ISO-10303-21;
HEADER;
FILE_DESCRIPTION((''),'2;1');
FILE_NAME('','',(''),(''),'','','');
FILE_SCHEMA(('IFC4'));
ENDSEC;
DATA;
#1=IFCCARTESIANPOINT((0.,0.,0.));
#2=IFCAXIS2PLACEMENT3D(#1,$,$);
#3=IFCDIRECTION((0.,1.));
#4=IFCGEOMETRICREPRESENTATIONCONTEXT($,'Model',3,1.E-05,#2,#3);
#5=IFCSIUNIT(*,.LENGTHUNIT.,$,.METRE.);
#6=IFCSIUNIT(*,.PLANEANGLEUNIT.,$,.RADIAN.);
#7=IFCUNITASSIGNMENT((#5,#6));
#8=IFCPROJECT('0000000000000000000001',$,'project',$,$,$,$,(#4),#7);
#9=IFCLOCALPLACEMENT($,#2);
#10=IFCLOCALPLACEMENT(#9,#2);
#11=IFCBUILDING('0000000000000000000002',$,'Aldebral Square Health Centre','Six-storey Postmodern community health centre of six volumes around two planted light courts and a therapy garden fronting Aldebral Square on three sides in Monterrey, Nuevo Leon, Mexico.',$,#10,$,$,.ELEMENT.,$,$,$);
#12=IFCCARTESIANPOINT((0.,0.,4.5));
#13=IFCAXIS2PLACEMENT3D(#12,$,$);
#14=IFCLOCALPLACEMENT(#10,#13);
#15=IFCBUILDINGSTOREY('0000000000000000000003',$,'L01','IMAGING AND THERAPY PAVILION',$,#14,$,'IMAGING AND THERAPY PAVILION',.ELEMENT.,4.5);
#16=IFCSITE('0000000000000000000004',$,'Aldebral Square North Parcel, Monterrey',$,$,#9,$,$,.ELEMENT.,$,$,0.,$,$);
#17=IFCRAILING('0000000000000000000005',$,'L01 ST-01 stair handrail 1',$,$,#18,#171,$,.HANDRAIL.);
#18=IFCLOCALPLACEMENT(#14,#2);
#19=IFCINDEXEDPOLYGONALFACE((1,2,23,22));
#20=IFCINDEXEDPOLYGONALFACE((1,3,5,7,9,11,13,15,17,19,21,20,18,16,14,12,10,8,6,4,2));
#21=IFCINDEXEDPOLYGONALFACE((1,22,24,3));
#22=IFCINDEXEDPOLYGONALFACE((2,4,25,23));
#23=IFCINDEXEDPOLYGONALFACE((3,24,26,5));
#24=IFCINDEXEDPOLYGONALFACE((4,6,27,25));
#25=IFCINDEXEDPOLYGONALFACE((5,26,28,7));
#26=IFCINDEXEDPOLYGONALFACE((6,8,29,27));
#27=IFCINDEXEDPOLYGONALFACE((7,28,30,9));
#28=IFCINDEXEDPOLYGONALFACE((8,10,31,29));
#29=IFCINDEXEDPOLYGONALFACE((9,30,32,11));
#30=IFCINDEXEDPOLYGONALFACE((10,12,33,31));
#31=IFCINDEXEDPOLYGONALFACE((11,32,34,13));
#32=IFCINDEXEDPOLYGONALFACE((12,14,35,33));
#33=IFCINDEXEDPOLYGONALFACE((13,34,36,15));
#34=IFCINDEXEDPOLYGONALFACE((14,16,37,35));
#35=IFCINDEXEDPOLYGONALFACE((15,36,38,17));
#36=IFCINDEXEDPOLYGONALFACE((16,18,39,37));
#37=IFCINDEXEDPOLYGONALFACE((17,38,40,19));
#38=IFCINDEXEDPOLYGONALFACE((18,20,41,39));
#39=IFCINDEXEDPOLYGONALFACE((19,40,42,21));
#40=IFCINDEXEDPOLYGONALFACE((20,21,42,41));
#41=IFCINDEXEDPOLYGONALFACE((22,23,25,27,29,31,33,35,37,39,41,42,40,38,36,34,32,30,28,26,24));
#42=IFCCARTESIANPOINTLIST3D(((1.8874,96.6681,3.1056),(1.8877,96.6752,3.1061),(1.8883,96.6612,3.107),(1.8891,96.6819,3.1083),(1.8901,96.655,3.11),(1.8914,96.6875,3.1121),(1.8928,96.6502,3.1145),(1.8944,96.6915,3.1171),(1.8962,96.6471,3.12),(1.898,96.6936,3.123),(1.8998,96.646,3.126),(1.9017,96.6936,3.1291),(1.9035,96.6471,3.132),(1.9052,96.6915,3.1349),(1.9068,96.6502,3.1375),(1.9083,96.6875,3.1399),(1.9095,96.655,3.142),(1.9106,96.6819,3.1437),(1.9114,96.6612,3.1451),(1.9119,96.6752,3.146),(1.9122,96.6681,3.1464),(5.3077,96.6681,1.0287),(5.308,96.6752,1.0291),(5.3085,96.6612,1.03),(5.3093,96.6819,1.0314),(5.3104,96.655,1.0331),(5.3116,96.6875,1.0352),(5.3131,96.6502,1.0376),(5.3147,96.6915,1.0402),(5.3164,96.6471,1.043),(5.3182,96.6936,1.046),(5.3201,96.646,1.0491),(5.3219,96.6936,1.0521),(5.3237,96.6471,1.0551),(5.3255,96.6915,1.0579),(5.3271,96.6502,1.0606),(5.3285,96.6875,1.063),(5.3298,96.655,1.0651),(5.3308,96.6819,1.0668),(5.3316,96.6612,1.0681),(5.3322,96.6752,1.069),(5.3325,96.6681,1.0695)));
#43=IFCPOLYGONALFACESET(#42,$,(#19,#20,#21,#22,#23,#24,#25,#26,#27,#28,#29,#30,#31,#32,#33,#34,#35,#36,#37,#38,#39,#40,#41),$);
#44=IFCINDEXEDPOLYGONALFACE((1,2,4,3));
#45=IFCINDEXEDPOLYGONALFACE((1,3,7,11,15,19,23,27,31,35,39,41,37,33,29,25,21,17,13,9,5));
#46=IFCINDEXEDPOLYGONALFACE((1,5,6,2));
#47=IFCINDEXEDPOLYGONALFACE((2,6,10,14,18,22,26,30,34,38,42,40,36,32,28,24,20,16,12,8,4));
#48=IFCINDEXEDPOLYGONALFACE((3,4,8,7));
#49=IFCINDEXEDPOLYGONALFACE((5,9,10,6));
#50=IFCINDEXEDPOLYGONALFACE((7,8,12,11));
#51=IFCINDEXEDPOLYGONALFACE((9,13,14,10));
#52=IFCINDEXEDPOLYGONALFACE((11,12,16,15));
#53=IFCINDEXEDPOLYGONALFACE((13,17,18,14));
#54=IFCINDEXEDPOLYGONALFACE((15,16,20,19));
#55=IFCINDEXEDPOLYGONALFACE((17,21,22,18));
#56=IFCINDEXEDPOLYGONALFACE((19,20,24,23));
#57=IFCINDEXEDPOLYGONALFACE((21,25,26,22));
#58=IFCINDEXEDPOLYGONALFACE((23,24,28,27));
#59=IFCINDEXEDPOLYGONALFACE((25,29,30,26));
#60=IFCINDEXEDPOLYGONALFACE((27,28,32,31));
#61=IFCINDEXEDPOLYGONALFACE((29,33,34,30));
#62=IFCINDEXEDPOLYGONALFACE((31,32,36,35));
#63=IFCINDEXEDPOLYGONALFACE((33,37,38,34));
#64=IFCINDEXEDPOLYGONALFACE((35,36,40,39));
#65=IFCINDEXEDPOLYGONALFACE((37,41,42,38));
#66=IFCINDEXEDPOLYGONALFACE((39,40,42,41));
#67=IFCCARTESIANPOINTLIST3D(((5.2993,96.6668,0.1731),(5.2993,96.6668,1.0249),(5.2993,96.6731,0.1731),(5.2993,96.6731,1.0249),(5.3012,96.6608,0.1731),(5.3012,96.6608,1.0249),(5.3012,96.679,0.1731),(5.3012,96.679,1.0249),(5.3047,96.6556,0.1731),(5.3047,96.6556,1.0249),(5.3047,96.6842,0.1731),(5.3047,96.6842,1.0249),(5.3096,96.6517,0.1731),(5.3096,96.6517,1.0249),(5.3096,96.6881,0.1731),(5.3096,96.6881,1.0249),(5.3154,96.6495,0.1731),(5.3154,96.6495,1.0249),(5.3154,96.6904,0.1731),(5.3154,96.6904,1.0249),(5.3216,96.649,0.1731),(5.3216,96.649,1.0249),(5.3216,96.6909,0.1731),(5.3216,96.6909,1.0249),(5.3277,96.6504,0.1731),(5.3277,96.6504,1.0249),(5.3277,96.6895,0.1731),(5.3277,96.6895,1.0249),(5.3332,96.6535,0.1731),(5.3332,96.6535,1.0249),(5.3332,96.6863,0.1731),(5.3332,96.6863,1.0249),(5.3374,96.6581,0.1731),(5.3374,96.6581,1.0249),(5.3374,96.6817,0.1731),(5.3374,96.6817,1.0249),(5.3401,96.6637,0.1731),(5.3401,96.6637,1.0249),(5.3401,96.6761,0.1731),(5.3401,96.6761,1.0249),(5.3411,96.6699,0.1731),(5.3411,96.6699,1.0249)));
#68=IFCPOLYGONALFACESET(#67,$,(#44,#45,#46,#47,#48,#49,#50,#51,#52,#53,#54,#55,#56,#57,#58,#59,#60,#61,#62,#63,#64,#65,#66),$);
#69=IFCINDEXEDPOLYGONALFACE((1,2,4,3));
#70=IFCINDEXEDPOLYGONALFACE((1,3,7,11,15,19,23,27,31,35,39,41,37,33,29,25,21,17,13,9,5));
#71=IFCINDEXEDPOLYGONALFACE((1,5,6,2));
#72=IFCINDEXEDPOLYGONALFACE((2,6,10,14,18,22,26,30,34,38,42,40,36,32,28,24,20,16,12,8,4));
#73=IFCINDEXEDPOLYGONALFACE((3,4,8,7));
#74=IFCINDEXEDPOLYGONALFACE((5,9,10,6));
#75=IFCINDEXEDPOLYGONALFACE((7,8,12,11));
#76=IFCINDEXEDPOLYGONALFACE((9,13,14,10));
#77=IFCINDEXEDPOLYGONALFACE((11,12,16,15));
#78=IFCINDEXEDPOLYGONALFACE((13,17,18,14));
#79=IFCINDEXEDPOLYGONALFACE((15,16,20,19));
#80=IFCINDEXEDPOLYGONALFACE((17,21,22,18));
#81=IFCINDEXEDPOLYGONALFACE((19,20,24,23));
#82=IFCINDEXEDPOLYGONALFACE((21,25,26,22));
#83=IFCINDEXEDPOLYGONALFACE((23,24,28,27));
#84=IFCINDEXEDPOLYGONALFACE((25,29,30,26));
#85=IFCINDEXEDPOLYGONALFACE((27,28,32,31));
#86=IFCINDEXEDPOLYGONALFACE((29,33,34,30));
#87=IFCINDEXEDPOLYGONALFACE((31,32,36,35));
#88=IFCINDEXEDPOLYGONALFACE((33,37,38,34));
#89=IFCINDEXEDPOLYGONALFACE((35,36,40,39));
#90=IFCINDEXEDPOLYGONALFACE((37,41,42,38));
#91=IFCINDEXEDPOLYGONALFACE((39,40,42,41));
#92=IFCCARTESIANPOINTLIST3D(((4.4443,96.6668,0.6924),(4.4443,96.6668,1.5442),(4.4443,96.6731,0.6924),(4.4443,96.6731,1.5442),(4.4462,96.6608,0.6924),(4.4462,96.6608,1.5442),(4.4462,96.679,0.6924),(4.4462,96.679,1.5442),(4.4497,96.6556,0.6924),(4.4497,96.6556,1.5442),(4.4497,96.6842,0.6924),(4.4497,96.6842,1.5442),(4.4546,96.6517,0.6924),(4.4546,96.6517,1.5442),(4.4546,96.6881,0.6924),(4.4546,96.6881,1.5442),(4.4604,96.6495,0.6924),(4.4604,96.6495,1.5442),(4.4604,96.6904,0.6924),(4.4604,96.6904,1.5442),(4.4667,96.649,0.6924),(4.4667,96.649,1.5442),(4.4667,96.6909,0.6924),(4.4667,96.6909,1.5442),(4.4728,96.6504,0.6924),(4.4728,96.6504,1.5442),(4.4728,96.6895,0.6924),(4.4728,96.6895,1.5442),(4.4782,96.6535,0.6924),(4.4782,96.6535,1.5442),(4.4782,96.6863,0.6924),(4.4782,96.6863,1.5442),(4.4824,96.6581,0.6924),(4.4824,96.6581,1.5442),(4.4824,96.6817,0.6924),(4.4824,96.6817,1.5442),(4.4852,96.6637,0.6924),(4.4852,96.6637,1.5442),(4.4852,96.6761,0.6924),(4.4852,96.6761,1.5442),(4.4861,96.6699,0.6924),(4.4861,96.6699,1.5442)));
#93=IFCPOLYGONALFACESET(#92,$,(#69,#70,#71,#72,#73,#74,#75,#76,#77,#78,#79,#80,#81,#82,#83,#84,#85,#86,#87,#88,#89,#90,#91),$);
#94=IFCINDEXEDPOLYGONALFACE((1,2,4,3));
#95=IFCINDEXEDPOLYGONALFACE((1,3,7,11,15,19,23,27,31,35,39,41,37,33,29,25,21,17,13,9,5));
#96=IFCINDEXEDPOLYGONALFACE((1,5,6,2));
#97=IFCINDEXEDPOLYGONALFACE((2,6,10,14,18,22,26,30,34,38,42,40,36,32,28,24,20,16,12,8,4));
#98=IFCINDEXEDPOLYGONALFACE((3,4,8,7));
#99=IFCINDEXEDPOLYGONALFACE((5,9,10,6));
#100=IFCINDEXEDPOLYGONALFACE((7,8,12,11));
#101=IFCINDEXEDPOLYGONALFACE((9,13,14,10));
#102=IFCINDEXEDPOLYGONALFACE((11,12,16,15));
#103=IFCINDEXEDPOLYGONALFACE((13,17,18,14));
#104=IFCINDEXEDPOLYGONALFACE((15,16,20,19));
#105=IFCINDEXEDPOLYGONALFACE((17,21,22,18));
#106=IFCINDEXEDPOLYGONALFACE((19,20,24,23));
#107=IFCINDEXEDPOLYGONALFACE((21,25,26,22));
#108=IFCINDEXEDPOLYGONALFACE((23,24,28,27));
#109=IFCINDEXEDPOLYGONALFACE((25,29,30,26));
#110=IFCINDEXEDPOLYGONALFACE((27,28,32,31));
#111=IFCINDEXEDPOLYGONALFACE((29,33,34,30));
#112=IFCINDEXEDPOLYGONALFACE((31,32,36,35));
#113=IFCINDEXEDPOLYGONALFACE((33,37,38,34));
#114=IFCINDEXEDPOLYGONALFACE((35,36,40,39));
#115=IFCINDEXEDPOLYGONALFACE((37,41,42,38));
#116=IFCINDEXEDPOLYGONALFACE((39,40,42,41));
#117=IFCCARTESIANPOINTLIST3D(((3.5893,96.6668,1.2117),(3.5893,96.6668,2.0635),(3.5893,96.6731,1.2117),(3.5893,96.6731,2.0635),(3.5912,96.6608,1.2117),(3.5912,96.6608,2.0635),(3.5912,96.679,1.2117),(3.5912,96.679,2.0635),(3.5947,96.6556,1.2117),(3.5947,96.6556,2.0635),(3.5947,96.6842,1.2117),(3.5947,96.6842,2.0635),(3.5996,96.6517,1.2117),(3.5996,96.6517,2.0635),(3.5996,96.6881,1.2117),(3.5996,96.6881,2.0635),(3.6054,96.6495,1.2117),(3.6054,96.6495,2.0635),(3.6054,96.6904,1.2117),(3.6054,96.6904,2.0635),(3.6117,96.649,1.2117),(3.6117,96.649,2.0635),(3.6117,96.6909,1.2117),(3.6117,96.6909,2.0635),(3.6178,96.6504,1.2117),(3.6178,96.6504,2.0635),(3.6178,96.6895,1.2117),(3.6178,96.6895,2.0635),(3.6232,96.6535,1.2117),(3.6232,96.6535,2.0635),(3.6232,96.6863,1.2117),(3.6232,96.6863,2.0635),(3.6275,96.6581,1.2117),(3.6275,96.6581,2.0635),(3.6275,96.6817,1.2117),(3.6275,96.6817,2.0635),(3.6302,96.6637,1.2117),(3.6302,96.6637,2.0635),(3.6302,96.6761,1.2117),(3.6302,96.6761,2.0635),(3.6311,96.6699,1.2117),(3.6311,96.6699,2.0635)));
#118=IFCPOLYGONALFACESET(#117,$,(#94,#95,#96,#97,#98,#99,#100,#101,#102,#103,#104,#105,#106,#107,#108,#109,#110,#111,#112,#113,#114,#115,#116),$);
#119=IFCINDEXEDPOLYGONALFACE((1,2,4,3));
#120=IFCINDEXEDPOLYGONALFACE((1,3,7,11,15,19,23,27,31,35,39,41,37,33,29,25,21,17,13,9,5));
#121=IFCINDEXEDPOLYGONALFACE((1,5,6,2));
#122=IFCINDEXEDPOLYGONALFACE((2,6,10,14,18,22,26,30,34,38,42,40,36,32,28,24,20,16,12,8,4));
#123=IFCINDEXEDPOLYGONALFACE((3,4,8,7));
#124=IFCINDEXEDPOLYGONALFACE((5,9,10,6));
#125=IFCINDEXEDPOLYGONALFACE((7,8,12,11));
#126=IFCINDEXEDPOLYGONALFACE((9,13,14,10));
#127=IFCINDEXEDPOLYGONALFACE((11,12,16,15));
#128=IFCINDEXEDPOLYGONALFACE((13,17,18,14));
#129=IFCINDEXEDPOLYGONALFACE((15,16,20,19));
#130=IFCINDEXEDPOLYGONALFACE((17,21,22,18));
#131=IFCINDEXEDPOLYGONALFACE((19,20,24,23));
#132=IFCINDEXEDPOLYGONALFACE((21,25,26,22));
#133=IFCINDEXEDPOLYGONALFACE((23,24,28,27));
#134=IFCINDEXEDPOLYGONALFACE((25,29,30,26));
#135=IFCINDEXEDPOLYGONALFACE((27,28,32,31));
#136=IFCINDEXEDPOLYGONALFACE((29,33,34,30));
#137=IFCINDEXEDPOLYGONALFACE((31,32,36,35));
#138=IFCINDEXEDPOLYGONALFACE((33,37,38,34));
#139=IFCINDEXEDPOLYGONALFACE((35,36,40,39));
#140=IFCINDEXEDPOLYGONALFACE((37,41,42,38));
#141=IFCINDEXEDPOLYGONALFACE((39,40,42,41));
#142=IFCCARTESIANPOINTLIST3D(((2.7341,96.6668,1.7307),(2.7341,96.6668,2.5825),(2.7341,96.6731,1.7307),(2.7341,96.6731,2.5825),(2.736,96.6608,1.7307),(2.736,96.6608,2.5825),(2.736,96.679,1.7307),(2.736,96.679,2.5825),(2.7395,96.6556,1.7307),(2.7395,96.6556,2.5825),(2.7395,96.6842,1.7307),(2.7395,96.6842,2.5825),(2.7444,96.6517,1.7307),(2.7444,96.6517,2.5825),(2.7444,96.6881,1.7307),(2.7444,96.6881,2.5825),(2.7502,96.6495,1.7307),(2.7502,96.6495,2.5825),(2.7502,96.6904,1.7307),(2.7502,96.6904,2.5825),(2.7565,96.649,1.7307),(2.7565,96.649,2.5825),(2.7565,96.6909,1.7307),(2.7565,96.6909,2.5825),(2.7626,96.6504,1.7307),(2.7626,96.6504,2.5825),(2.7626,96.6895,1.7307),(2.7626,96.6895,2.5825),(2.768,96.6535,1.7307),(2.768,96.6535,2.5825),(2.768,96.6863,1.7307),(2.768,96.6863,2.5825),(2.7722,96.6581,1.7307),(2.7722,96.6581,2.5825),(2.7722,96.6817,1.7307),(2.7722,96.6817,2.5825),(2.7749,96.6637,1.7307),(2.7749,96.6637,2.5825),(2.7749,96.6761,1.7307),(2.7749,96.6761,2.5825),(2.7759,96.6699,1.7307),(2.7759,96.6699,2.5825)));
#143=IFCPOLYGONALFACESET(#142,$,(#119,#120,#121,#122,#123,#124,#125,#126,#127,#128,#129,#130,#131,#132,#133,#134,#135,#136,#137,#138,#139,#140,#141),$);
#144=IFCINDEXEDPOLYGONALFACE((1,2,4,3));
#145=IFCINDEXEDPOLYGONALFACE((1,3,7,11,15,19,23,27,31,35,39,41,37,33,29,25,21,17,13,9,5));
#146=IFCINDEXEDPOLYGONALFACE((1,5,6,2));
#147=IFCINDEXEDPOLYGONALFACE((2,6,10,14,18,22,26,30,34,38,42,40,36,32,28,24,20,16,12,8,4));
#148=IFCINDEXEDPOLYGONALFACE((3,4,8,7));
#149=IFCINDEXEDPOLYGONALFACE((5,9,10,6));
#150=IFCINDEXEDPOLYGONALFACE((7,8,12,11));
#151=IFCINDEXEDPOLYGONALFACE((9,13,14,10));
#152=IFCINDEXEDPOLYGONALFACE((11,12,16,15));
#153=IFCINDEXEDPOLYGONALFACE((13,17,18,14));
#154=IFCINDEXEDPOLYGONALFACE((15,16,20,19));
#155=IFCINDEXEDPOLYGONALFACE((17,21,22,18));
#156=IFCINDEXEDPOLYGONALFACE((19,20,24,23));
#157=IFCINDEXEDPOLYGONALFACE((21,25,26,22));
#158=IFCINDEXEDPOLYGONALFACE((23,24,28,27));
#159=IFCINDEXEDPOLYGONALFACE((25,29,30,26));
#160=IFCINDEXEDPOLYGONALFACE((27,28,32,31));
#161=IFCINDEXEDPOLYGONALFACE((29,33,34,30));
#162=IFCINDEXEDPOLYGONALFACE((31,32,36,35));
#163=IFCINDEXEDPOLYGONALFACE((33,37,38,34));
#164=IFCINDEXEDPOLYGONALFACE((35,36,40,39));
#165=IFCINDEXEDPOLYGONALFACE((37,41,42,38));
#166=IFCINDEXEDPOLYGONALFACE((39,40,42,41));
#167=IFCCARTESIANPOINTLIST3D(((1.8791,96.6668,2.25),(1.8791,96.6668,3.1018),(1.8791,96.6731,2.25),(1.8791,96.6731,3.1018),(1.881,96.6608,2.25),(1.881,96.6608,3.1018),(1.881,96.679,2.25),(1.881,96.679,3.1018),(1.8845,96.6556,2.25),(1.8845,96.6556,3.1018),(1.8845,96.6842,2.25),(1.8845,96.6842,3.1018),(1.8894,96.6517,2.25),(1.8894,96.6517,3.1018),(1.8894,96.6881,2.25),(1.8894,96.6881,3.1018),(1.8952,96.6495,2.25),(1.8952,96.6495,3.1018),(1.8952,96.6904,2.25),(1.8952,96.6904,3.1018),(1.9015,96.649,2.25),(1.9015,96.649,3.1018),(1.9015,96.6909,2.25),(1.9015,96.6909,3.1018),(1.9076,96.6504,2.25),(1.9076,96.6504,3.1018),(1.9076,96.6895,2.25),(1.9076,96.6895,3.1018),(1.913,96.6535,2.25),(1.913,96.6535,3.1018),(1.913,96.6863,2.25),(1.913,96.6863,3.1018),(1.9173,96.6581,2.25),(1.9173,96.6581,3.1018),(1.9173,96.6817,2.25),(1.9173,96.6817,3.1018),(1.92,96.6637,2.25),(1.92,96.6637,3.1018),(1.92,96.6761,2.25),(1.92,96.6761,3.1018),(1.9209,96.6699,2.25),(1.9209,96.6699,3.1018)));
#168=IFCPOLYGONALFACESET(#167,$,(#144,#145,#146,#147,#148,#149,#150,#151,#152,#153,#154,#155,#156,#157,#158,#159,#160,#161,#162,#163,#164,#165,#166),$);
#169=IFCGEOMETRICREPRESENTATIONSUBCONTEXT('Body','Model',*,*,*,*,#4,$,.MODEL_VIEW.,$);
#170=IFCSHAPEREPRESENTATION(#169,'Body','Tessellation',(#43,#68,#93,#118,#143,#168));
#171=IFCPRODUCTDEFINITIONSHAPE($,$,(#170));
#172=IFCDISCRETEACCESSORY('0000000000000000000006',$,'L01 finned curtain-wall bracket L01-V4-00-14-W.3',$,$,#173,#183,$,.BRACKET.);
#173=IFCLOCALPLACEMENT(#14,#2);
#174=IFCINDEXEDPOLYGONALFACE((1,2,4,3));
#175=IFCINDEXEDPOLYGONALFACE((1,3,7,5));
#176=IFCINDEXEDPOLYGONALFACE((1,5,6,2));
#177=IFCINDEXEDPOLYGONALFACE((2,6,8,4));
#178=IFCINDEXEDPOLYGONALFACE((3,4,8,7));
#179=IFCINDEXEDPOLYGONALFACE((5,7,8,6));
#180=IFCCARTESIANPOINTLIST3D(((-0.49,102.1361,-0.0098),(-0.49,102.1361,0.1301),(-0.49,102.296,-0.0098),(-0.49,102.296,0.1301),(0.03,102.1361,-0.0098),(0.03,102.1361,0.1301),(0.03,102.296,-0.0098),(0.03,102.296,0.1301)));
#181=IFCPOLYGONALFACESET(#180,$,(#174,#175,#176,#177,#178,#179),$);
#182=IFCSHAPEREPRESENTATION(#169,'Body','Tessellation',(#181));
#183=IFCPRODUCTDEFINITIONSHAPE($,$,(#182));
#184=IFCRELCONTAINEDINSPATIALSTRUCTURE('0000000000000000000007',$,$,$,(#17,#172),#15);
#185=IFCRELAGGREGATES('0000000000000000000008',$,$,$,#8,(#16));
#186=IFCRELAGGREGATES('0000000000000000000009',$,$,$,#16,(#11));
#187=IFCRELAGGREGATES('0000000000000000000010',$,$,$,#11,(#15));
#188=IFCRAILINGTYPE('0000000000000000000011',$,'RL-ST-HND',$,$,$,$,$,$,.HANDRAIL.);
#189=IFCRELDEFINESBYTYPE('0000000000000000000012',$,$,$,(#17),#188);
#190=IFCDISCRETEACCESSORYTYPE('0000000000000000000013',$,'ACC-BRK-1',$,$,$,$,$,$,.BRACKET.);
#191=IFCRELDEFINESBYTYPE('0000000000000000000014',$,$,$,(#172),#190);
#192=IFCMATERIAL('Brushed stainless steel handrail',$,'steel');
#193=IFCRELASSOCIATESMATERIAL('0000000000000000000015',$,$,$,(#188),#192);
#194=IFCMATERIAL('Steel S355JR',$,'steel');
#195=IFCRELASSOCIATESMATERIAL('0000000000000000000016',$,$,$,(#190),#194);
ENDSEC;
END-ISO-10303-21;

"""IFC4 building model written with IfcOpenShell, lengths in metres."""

from ifc_helpers import new_model, si_unit, direction, frame, origin, origin_2d, place, context, subcontext, project, spatial, rectangle, circle, extrude, material, type_object, element, save


model = new_model("IFC4")

# Units and contexts
model_context = context("Model", 3, precision=1e-05, world=origin(), true_north=direction((0.0, 1.0)))
body_context = subcontext(model_context, "Body", "Model", "MODEL_VIEW")
ifc_project = project(units=[si_unit("LENGTHUNIT", "METRE"), si_unit("PLANEANGLEUNIT", "RADIAN")], contexts=[model_context])

# Site, building, storey
site_placement = place(None, origin())
site = spatial("IfcSite", under=ifc_project, at=site_placement, Name="Aldebral Square North Parcel, Monterrey", CompositionType="ELEMENT", RefElevation=0.0)
building_placement = place(site_placement, origin())
building = spatial("IfcBuilding", under=site, at=building_placement, Name="Aldebral Square Health Centre", Description="Six-storey Postmodern community health centre of six volumes around two planted light courts and a therapy garden fronting Aldebral Square on three sides in Monterrey, Nuevo Leon, Mexico.", CompositionType="ELEMENT")
storey_placement = place(building_placement, frame((0.0, 0.0, 4.5)))
storey = spatial("IfcBuildingStorey", under=building, at=storey_placement, Name="L01", Description="IMAGING AND THERAPY PAVILION", LongName="IMAGING AND THERAPY PAVILION", CompositionType="ELEMENT", Elevation=4.5)

# Railing
ifc_material_1 = material(Name="Brushed stainless steel handrail", Category="steel")
railing_type_1 = type_object("IfcRailingType", Name="RL-ST-HND", PredefinedType="HANDRAIL", material=ifc_material_1)
railing_1_placement = place(storey_placement, frame((5.3201, 96.6699, 0.1731)))
element("IfcRailing", 1, at=railing_1_placement, inside=storey, type_object=railing_type_1, Name="L01 ST-01 stair handrail 1", PredefinedType="HANDRAIL", context=body_context, shape_type="SweptSolid", body=[
    extrude(circle(Radius=0.0239, at=origin_2d()), frame((0.0, 0.0, 0.876), z_axis=(-0.854746, 0.0, 0.519047), x_axis=(0.0, -1.0, 0.0)), (0.0, 0.0, 1.0), 4.0015),
    extrude(circle(Radius=0.021, at=origin_2d()), origin(), (0.0, 0.0, 1.0), 0.8518),
    extrude(circle(Radius=0.021, at=origin_2d()), frame((-0.855, 0.0, 0.5193)), (0.0, 0.0, 1.0), 0.8518),
    extrude(circle(Radius=0.021, at=origin_2d()), frame((-1.71, 0.0, 1.0386)), (0.0, 0.0, 1.0), 0.8518),
    extrude(circle(Radius=0.021, at=origin_2d()), frame((-2.5652, 0.0, 1.5576)), (0.0, 0.0, 1.0), 0.8518),
    extrude(circle(Radius=0.021, at=origin_2d()), frame((-3.4202, 0.0, 2.0769)), (0.0, 0.0, 1.0), 0.8518),
])

# Discrete accessory
ifc_material_2 = material(Name="Steel S355JR", Category="steel")
discrete_accessory_type = type_object("IfcDiscreteAccessoryType", Name="ACC-BRK-1", PredefinedType="BRACKET", material=ifc_material_2)
discrete_accessory_placement = place(storey_placement, frame((-0.23, 102.2161, -0.0098), z_axis=(0.0, 0.0, 1.0), x_axis=(0.0, 1.0, 0.0)))
element("IfcDiscreteAccessory", 2, at=discrete_accessory_placement, inside=storey, type_object=discrete_accessory_type, Name="L01 finned curtain-wall bracket L01-V4-00-14-W.3", PredefinedType="BRACKET", context=body_context, shape_type="SweptSolid", body=[
    extrude(rectangle(XDim=0.1599, YDim=0.52, at=origin_2d()), origin(), (0.0, 0.0, 1.0), 0.1399),
])

save(model, "model.ifc")
